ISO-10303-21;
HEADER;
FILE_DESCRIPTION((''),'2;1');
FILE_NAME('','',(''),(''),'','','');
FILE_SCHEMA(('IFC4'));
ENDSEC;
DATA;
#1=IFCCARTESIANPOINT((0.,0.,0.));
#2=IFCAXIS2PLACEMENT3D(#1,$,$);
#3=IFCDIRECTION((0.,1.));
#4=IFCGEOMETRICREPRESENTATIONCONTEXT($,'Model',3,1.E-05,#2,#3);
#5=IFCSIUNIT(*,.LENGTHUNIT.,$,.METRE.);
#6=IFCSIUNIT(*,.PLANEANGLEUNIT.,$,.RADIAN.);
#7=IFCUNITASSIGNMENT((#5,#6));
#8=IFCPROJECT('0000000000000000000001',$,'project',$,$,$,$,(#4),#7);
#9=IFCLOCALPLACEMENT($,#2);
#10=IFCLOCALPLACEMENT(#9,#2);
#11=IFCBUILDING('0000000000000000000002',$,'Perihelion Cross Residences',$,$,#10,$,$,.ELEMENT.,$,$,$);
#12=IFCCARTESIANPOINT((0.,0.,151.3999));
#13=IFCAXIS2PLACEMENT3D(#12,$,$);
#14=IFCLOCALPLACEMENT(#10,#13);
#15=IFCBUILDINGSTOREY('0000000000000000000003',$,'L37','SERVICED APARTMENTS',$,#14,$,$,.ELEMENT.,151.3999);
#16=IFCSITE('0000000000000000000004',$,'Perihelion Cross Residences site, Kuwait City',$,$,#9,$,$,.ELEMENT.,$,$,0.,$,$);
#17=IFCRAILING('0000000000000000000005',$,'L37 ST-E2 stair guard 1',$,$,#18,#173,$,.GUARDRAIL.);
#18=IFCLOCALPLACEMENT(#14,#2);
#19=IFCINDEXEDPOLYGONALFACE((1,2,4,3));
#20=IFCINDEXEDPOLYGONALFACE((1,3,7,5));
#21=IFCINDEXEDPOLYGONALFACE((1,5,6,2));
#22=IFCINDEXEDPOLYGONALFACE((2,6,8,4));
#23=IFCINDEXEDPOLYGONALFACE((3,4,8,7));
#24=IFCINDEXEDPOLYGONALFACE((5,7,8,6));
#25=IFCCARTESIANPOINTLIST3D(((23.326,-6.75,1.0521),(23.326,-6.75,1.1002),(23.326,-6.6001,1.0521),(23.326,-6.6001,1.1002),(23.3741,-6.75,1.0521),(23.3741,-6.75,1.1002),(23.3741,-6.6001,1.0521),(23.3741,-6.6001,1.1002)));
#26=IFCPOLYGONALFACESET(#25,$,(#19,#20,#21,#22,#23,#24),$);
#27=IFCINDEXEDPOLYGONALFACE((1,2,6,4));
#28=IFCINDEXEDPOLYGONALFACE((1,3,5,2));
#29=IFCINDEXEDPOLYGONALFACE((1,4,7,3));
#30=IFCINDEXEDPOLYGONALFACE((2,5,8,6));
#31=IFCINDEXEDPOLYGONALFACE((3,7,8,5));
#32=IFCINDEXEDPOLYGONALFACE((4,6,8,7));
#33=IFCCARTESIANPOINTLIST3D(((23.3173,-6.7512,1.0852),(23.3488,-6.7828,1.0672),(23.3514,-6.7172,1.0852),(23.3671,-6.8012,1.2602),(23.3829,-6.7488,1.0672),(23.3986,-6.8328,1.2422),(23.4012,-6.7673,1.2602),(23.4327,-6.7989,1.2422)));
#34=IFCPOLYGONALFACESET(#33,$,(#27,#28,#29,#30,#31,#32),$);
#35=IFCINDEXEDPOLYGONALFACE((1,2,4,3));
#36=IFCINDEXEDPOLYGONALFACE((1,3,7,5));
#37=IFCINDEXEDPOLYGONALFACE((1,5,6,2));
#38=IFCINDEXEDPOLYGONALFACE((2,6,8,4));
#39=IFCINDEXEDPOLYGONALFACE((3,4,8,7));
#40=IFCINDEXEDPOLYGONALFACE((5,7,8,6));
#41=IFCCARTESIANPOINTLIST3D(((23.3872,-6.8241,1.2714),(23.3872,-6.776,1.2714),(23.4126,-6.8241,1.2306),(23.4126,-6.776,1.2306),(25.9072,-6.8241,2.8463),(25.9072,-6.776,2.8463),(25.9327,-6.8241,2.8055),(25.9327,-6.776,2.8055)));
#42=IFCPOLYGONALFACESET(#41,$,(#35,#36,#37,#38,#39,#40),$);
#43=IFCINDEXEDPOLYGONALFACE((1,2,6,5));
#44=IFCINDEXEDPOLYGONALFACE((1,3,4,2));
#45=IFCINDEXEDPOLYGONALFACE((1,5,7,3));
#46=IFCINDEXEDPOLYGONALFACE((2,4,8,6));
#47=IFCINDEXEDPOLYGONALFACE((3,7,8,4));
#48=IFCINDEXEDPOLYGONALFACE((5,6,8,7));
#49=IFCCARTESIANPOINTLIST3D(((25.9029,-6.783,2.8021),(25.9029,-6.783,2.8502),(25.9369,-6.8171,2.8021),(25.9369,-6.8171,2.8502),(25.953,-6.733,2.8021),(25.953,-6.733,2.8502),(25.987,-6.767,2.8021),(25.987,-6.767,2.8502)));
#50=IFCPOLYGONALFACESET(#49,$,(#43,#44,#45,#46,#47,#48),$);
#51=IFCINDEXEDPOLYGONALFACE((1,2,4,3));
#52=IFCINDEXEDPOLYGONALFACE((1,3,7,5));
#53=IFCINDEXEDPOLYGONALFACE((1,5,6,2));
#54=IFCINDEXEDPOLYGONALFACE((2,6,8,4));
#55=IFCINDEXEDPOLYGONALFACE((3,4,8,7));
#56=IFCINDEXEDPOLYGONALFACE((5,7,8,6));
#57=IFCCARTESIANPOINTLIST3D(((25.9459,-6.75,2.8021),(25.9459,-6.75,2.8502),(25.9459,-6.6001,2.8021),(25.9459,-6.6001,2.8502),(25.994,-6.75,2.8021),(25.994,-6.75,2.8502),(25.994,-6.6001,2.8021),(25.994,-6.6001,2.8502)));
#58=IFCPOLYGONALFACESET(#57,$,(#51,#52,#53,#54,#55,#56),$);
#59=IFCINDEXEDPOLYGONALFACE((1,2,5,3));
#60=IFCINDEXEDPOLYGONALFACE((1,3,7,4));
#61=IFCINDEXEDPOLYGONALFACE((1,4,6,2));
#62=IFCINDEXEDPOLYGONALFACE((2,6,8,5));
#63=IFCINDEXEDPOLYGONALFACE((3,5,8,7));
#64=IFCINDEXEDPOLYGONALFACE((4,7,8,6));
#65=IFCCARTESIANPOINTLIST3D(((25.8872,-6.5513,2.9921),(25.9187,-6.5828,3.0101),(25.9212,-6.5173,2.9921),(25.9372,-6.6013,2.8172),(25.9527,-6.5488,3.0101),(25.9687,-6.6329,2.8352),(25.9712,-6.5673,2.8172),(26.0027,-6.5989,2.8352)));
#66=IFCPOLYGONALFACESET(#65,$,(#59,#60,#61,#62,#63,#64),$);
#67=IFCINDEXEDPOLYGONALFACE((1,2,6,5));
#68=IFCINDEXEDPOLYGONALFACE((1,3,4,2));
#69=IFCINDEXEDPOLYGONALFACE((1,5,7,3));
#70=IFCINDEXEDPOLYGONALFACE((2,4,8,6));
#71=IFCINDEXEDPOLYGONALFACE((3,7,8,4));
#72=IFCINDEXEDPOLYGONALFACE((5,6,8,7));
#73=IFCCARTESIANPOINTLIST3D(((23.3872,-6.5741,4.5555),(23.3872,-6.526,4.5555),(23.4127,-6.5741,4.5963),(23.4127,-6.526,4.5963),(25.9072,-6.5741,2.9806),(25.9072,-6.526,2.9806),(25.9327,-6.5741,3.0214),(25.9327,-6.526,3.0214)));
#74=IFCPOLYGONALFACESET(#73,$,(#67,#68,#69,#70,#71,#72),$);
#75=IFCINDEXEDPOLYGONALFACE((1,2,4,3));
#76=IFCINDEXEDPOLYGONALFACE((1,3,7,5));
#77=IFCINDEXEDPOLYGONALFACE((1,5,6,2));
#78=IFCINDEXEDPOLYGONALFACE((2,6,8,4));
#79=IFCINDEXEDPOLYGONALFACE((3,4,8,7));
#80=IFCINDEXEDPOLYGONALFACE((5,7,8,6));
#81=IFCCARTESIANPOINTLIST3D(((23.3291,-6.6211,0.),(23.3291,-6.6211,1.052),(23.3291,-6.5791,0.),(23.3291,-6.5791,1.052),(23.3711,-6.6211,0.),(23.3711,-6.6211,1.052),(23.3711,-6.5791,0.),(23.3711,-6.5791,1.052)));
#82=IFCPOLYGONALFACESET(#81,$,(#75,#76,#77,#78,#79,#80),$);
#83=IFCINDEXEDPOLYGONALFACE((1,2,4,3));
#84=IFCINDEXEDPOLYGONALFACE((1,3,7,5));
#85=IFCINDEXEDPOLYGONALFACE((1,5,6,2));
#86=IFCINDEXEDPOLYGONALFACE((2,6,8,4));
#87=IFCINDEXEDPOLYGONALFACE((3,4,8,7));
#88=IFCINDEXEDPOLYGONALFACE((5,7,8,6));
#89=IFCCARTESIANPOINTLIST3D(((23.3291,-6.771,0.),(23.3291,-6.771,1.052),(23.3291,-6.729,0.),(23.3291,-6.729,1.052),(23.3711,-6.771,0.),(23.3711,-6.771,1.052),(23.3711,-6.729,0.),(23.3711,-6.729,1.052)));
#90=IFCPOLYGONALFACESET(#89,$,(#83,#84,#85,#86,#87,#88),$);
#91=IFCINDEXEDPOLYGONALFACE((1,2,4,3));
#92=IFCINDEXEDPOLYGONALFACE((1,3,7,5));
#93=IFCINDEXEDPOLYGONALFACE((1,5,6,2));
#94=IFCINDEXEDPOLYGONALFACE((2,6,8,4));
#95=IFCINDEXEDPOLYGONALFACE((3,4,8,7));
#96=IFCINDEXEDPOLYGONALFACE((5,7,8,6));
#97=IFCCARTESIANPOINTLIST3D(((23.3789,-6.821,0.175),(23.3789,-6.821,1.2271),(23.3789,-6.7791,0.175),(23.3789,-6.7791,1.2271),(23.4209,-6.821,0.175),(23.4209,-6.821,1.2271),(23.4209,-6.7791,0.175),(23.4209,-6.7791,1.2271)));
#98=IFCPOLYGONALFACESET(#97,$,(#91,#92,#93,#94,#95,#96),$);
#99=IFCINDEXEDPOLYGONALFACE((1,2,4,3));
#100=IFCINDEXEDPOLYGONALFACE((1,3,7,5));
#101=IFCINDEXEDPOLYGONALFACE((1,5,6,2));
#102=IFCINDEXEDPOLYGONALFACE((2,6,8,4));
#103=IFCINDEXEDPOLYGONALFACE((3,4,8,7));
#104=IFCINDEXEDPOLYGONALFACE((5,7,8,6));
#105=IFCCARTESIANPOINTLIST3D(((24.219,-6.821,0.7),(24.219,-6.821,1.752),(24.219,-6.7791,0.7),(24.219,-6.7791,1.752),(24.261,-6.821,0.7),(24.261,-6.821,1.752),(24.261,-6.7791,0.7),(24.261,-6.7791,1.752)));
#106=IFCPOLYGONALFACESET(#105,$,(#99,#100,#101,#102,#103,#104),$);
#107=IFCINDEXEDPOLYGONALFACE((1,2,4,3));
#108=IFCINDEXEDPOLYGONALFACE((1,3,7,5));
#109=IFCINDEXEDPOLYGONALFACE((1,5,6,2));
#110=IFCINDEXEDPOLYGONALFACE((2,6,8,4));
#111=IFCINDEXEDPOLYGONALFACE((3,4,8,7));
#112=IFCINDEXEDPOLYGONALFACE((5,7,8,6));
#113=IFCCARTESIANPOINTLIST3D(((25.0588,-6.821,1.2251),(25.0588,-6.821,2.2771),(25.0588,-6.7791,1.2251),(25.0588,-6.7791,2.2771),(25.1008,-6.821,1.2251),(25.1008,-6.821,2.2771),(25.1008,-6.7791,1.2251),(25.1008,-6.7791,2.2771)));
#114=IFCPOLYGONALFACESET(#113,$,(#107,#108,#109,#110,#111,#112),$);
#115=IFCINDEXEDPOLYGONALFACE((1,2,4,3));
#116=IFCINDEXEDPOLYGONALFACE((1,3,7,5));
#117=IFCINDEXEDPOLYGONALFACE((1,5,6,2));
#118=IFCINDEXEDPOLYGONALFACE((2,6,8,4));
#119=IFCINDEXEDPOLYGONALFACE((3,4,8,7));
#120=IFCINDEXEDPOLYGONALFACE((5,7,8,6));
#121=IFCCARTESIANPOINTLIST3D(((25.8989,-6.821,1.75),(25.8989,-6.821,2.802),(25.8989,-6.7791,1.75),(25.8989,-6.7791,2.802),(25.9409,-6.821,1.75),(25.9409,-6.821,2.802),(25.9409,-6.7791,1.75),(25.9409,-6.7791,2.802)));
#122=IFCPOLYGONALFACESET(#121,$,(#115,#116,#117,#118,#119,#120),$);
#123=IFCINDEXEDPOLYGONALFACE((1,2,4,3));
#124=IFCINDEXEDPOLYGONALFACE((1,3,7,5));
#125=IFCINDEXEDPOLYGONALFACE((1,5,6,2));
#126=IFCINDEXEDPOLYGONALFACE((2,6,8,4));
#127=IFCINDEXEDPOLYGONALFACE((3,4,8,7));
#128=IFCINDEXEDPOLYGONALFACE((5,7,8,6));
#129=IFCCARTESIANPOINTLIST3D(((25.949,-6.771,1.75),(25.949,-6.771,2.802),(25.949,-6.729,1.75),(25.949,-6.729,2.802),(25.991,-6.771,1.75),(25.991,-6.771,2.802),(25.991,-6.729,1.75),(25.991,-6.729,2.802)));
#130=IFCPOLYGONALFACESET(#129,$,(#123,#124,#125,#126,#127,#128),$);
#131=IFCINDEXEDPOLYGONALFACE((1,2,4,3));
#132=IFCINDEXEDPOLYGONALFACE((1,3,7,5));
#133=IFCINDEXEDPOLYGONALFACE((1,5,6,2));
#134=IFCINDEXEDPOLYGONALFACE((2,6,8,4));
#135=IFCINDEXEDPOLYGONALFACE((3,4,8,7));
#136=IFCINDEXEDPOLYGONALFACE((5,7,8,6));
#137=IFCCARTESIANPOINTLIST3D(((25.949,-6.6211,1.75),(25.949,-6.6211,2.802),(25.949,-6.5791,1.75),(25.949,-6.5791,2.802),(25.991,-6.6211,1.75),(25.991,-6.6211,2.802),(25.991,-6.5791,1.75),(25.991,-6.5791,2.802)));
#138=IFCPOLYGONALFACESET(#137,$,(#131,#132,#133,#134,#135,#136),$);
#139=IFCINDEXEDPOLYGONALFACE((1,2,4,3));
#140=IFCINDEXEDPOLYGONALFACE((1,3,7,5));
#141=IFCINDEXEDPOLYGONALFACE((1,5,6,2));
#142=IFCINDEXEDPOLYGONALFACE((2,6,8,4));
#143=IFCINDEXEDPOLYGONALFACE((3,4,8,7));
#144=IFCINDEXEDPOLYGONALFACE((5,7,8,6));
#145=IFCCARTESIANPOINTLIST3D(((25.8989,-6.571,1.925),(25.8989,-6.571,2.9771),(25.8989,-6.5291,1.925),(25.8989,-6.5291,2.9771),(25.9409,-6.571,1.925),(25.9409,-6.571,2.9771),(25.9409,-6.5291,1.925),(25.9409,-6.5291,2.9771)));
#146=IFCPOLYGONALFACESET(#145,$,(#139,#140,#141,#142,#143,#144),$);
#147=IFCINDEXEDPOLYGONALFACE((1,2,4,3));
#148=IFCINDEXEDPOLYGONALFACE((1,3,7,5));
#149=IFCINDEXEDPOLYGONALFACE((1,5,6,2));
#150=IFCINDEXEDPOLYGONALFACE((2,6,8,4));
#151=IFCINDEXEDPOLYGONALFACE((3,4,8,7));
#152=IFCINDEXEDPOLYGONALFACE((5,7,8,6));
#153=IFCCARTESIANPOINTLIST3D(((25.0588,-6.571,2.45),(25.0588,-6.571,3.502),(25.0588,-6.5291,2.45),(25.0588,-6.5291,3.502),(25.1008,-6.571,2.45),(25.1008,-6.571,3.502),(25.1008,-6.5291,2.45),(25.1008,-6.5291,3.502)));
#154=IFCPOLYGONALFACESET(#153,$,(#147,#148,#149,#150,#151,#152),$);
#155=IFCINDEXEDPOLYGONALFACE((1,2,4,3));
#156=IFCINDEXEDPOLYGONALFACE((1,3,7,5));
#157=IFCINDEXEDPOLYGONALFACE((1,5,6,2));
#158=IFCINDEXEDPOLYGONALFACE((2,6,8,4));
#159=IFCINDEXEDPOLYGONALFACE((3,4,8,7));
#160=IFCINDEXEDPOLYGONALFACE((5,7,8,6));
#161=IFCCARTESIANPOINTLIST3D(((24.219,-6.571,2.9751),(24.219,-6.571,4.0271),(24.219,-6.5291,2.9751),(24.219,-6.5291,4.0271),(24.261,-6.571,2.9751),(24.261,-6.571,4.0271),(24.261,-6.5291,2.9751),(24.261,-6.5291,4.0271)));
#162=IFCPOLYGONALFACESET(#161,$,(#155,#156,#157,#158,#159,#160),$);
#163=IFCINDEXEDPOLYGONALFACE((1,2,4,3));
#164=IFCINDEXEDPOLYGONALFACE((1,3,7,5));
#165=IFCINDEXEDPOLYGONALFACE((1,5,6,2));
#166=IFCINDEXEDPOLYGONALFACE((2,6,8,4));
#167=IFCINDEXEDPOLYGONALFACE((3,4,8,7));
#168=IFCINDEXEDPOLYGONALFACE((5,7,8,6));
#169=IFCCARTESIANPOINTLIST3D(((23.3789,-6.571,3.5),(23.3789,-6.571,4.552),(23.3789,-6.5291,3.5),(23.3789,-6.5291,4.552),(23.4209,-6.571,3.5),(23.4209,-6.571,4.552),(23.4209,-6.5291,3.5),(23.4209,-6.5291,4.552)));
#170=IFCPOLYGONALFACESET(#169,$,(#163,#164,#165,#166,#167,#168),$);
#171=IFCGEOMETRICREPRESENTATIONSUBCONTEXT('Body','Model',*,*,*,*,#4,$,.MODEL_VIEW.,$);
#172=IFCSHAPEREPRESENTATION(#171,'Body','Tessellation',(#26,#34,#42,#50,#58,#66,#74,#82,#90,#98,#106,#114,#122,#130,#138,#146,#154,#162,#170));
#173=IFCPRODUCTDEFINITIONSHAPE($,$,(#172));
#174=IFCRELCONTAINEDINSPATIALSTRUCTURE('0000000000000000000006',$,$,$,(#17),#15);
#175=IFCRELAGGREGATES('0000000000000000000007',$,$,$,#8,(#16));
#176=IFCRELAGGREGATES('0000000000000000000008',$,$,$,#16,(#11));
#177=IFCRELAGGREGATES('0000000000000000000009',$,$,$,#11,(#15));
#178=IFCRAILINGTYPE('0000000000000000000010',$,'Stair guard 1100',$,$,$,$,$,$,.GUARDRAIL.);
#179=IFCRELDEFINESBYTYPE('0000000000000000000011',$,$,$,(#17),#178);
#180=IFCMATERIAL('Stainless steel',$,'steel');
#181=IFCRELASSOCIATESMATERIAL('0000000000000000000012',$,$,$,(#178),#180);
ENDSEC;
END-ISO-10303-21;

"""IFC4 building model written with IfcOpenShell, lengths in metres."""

from ifc_helpers import new_model, si_unit, direction, frame, origin, origin_2d, place, context, subcontext, project, spatial, rectangle, extrude, material, type_object, element, save


model = new_model("IFC4")

# Units and contexts
model_context = context("Model", 3, precision=1e-05, world=origin(), true_north=direction((0.0, 1.0)))
body_context = subcontext(model_context, "Body", "Model", "MODEL_VIEW")
ifc_project = project(units=[si_unit("LENGTHUNIT", "METRE"), si_unit("PLANEANGLEUNIT", "RADIAN")], contexts=[model_context])

# Site, building, storey
site_placement = place(None, origin())
site = spatial("IfcSite", under=ifc_project, at=site_placement, Name="Perihelion Cross Residences site, Kuwait City", CompositionType="ELEMENT", RefElevation=0.0)
building_placement = place(site_placement, origin())
building = spatial("IfcBuilding", under=site, at=building_placement, Name="Perihelion Cross Residences", CompositionType="ELEMENT")
storey_placement = place(building_placement, frame((0.0, 0.0, 151.3999)))
storey = spatial("IfcBuildingStorey", under=building, at=storey_placement, Name="L37", Description="SERVICED APARTMENTS", CompositionType="ELEMENT", Elevation=151.3999)

# Railing
ifc_material_1 = material(Name="Stainless steel", Category="steel")
railing_type_1 = type_object("IfcRailingType", Name="Stair guard 1100", PredefinedType="GUARDRAIL", material=ifc_material_1)
railing_1_placement = place(storey_placement, frame((23.3501, -6.6001, 0.0)))
element("IfcRailing", 1, at=railing_1_placement, inside=storey, type_object=railing_type_1, Name="L37 ST-E2 stair guard 1", PredefinedType="GUARDRAIL", context=body_context, shape_type="SweptSolid", body=[
    extrude(rectangle(XDim=0.0481, YDim=0.0481, at=origin_2d()), frame((0.0, 0.0, 1.0762), z_axis=(0.0, -1.0, 0.0), x_axis=(1.0, 0.0, 0.0)), (0.0, 0.0, 1.0), 0.1499),
    extrude(rectangle(XDim=0.0481, YDim=0.0481, at=origin_2d()), frame((0.0, -0.1499, 1.0762), z_axis=(0.263862, -0.265156, 0.927399), x_axis=(0.708834, 0.705376, 0.0)), (0.0, 0.0, 1.0), 0.1887),
    extrude(rectangle(XDim=0.0481, YDim=0.0481, at=origin_2d()), frame((0.0498, -0.2, 1.251), z_axis=(0.848008, 0.0, 0.529984), x_axis=(0.0, 1.0, 0.0)), (0.0, 0.0, 1.0), 2.9717),
    extrude(rectangle(XDim=0.0481, YDim=0.0481, at=origin_2d()), frame((2.5698, -0.2, 2.8262), z_axis=(0.707107, 0.707107, 0.0), x_axis=(-0.707107, 0.707107, 0.0)), (0.0, 0.0, 1.0), 0.0708),
    extrude(rectangle(XDim=0.0481, YDim=0.0481, at=origin_2d()), frame((2.6199, -0.1499, 2.8262), z_axis=(0.0, 1.0, 0.0), x_axis=(-1.0, 0.0, 0.0)), (0.0, 0.0, 1.0), 0.1499),
    extrude(rectangle(XDim=0.0481, YDim=0.0481, at=origin_2d()), frame((2.6199, 0.0, 2.8262), z_axis=(-0.265065, 0.265065, 0.927082), x_axis=(-0.707107, -0.707107, 0.0)), (0.0, 0.0, 1.0), 0.1887),
    extrude(rectangle(XDim=0.0481, YDim=0.0481, at=origin_2d()), frame((2.5698, 0.05, 3.001), z_axis=(-0.848008, 0.0, 0.529984), x_axis=(0.0, -1.0, 0.0)), (0.0, 0.0, 1.0), 2.9717),
    extrude(rectangle(XDim=0.042, YDim=0.042, at=origin_2d()), origin(), (0.0, 0.0, 1.0), 1.052),
    extrude(rectangle(XDim=0.042, YDim=0.042, at=origin_2d()), frame((0.0, -0.1499, 0.0)), (0.0, 0.0, 1.0), 1.052),
    extrude(rectangle(XDim=0.042, YDim=0.042, at=origin_2d()), frame((0.0498, -0.2, 0.175)), (0.0, 0.0, 1.0), 1.052),
    extrude(rectangle(XDim=0.042, YDim=0.042, at=origin_2d()), frame((0.8899, -0.2, 0.7)), (0.0, 0.0, 1.0), 1.052),
    extrude(rectangle(XDim=0.042, YDim=0.042, at=origin_2d()), frame((1.7297, -0.2, 1.2251)), (0.0, 0.0, 1.0), 1.052),
    extrude(rectangle(XDim=0.042, YDim=0.042, at=origin_2d()), frame((2.5698, -0.2, 1.75)), (0.0, 0.0, 1.0), 1.052),
    extrude(rectangle(XDim=0.042, YDim=0.042, at=origin_2d()), frame((2.6199, -0.1499, 1.75)), (0.0, 0.0, 1.0), 1.052),
    extrude(rectangle(XDim=0.042, YDim=0.042, at=origin_2d()), frame((2.6199, 0.0, 1.75)), (0.0, 0.0, 1.0), 1.052),
    extrude(rectangle(XDim=0.042, YDim=0.042, at=origin_2d()), frame((2.5698, 0.05, 1.925)), (0.0, 0.0, 1.0), 1.052),
    extrude(rectangle(XDim=0.042, YDim=0.042, at=origin_2d()), frame((1.7297, 0.05, 2.45)), (0.0, 0.0, 1.0), 1.052),
    extrude(rectangle(XDim=0.042, YDim=0.042, at=origin_2d()), frame((0.8899, 0.05, 2.9751)), (0.0, 0.0, 1.0), 1.052),
    extrude(rectangle(XDim=0.042, YDim=0.042, at=origin_2d()), frame((0.0498, 0.05, 3.5)), (0.0, 0.0, 1.0), 1.052),
])

save(model, "model.ifc")
